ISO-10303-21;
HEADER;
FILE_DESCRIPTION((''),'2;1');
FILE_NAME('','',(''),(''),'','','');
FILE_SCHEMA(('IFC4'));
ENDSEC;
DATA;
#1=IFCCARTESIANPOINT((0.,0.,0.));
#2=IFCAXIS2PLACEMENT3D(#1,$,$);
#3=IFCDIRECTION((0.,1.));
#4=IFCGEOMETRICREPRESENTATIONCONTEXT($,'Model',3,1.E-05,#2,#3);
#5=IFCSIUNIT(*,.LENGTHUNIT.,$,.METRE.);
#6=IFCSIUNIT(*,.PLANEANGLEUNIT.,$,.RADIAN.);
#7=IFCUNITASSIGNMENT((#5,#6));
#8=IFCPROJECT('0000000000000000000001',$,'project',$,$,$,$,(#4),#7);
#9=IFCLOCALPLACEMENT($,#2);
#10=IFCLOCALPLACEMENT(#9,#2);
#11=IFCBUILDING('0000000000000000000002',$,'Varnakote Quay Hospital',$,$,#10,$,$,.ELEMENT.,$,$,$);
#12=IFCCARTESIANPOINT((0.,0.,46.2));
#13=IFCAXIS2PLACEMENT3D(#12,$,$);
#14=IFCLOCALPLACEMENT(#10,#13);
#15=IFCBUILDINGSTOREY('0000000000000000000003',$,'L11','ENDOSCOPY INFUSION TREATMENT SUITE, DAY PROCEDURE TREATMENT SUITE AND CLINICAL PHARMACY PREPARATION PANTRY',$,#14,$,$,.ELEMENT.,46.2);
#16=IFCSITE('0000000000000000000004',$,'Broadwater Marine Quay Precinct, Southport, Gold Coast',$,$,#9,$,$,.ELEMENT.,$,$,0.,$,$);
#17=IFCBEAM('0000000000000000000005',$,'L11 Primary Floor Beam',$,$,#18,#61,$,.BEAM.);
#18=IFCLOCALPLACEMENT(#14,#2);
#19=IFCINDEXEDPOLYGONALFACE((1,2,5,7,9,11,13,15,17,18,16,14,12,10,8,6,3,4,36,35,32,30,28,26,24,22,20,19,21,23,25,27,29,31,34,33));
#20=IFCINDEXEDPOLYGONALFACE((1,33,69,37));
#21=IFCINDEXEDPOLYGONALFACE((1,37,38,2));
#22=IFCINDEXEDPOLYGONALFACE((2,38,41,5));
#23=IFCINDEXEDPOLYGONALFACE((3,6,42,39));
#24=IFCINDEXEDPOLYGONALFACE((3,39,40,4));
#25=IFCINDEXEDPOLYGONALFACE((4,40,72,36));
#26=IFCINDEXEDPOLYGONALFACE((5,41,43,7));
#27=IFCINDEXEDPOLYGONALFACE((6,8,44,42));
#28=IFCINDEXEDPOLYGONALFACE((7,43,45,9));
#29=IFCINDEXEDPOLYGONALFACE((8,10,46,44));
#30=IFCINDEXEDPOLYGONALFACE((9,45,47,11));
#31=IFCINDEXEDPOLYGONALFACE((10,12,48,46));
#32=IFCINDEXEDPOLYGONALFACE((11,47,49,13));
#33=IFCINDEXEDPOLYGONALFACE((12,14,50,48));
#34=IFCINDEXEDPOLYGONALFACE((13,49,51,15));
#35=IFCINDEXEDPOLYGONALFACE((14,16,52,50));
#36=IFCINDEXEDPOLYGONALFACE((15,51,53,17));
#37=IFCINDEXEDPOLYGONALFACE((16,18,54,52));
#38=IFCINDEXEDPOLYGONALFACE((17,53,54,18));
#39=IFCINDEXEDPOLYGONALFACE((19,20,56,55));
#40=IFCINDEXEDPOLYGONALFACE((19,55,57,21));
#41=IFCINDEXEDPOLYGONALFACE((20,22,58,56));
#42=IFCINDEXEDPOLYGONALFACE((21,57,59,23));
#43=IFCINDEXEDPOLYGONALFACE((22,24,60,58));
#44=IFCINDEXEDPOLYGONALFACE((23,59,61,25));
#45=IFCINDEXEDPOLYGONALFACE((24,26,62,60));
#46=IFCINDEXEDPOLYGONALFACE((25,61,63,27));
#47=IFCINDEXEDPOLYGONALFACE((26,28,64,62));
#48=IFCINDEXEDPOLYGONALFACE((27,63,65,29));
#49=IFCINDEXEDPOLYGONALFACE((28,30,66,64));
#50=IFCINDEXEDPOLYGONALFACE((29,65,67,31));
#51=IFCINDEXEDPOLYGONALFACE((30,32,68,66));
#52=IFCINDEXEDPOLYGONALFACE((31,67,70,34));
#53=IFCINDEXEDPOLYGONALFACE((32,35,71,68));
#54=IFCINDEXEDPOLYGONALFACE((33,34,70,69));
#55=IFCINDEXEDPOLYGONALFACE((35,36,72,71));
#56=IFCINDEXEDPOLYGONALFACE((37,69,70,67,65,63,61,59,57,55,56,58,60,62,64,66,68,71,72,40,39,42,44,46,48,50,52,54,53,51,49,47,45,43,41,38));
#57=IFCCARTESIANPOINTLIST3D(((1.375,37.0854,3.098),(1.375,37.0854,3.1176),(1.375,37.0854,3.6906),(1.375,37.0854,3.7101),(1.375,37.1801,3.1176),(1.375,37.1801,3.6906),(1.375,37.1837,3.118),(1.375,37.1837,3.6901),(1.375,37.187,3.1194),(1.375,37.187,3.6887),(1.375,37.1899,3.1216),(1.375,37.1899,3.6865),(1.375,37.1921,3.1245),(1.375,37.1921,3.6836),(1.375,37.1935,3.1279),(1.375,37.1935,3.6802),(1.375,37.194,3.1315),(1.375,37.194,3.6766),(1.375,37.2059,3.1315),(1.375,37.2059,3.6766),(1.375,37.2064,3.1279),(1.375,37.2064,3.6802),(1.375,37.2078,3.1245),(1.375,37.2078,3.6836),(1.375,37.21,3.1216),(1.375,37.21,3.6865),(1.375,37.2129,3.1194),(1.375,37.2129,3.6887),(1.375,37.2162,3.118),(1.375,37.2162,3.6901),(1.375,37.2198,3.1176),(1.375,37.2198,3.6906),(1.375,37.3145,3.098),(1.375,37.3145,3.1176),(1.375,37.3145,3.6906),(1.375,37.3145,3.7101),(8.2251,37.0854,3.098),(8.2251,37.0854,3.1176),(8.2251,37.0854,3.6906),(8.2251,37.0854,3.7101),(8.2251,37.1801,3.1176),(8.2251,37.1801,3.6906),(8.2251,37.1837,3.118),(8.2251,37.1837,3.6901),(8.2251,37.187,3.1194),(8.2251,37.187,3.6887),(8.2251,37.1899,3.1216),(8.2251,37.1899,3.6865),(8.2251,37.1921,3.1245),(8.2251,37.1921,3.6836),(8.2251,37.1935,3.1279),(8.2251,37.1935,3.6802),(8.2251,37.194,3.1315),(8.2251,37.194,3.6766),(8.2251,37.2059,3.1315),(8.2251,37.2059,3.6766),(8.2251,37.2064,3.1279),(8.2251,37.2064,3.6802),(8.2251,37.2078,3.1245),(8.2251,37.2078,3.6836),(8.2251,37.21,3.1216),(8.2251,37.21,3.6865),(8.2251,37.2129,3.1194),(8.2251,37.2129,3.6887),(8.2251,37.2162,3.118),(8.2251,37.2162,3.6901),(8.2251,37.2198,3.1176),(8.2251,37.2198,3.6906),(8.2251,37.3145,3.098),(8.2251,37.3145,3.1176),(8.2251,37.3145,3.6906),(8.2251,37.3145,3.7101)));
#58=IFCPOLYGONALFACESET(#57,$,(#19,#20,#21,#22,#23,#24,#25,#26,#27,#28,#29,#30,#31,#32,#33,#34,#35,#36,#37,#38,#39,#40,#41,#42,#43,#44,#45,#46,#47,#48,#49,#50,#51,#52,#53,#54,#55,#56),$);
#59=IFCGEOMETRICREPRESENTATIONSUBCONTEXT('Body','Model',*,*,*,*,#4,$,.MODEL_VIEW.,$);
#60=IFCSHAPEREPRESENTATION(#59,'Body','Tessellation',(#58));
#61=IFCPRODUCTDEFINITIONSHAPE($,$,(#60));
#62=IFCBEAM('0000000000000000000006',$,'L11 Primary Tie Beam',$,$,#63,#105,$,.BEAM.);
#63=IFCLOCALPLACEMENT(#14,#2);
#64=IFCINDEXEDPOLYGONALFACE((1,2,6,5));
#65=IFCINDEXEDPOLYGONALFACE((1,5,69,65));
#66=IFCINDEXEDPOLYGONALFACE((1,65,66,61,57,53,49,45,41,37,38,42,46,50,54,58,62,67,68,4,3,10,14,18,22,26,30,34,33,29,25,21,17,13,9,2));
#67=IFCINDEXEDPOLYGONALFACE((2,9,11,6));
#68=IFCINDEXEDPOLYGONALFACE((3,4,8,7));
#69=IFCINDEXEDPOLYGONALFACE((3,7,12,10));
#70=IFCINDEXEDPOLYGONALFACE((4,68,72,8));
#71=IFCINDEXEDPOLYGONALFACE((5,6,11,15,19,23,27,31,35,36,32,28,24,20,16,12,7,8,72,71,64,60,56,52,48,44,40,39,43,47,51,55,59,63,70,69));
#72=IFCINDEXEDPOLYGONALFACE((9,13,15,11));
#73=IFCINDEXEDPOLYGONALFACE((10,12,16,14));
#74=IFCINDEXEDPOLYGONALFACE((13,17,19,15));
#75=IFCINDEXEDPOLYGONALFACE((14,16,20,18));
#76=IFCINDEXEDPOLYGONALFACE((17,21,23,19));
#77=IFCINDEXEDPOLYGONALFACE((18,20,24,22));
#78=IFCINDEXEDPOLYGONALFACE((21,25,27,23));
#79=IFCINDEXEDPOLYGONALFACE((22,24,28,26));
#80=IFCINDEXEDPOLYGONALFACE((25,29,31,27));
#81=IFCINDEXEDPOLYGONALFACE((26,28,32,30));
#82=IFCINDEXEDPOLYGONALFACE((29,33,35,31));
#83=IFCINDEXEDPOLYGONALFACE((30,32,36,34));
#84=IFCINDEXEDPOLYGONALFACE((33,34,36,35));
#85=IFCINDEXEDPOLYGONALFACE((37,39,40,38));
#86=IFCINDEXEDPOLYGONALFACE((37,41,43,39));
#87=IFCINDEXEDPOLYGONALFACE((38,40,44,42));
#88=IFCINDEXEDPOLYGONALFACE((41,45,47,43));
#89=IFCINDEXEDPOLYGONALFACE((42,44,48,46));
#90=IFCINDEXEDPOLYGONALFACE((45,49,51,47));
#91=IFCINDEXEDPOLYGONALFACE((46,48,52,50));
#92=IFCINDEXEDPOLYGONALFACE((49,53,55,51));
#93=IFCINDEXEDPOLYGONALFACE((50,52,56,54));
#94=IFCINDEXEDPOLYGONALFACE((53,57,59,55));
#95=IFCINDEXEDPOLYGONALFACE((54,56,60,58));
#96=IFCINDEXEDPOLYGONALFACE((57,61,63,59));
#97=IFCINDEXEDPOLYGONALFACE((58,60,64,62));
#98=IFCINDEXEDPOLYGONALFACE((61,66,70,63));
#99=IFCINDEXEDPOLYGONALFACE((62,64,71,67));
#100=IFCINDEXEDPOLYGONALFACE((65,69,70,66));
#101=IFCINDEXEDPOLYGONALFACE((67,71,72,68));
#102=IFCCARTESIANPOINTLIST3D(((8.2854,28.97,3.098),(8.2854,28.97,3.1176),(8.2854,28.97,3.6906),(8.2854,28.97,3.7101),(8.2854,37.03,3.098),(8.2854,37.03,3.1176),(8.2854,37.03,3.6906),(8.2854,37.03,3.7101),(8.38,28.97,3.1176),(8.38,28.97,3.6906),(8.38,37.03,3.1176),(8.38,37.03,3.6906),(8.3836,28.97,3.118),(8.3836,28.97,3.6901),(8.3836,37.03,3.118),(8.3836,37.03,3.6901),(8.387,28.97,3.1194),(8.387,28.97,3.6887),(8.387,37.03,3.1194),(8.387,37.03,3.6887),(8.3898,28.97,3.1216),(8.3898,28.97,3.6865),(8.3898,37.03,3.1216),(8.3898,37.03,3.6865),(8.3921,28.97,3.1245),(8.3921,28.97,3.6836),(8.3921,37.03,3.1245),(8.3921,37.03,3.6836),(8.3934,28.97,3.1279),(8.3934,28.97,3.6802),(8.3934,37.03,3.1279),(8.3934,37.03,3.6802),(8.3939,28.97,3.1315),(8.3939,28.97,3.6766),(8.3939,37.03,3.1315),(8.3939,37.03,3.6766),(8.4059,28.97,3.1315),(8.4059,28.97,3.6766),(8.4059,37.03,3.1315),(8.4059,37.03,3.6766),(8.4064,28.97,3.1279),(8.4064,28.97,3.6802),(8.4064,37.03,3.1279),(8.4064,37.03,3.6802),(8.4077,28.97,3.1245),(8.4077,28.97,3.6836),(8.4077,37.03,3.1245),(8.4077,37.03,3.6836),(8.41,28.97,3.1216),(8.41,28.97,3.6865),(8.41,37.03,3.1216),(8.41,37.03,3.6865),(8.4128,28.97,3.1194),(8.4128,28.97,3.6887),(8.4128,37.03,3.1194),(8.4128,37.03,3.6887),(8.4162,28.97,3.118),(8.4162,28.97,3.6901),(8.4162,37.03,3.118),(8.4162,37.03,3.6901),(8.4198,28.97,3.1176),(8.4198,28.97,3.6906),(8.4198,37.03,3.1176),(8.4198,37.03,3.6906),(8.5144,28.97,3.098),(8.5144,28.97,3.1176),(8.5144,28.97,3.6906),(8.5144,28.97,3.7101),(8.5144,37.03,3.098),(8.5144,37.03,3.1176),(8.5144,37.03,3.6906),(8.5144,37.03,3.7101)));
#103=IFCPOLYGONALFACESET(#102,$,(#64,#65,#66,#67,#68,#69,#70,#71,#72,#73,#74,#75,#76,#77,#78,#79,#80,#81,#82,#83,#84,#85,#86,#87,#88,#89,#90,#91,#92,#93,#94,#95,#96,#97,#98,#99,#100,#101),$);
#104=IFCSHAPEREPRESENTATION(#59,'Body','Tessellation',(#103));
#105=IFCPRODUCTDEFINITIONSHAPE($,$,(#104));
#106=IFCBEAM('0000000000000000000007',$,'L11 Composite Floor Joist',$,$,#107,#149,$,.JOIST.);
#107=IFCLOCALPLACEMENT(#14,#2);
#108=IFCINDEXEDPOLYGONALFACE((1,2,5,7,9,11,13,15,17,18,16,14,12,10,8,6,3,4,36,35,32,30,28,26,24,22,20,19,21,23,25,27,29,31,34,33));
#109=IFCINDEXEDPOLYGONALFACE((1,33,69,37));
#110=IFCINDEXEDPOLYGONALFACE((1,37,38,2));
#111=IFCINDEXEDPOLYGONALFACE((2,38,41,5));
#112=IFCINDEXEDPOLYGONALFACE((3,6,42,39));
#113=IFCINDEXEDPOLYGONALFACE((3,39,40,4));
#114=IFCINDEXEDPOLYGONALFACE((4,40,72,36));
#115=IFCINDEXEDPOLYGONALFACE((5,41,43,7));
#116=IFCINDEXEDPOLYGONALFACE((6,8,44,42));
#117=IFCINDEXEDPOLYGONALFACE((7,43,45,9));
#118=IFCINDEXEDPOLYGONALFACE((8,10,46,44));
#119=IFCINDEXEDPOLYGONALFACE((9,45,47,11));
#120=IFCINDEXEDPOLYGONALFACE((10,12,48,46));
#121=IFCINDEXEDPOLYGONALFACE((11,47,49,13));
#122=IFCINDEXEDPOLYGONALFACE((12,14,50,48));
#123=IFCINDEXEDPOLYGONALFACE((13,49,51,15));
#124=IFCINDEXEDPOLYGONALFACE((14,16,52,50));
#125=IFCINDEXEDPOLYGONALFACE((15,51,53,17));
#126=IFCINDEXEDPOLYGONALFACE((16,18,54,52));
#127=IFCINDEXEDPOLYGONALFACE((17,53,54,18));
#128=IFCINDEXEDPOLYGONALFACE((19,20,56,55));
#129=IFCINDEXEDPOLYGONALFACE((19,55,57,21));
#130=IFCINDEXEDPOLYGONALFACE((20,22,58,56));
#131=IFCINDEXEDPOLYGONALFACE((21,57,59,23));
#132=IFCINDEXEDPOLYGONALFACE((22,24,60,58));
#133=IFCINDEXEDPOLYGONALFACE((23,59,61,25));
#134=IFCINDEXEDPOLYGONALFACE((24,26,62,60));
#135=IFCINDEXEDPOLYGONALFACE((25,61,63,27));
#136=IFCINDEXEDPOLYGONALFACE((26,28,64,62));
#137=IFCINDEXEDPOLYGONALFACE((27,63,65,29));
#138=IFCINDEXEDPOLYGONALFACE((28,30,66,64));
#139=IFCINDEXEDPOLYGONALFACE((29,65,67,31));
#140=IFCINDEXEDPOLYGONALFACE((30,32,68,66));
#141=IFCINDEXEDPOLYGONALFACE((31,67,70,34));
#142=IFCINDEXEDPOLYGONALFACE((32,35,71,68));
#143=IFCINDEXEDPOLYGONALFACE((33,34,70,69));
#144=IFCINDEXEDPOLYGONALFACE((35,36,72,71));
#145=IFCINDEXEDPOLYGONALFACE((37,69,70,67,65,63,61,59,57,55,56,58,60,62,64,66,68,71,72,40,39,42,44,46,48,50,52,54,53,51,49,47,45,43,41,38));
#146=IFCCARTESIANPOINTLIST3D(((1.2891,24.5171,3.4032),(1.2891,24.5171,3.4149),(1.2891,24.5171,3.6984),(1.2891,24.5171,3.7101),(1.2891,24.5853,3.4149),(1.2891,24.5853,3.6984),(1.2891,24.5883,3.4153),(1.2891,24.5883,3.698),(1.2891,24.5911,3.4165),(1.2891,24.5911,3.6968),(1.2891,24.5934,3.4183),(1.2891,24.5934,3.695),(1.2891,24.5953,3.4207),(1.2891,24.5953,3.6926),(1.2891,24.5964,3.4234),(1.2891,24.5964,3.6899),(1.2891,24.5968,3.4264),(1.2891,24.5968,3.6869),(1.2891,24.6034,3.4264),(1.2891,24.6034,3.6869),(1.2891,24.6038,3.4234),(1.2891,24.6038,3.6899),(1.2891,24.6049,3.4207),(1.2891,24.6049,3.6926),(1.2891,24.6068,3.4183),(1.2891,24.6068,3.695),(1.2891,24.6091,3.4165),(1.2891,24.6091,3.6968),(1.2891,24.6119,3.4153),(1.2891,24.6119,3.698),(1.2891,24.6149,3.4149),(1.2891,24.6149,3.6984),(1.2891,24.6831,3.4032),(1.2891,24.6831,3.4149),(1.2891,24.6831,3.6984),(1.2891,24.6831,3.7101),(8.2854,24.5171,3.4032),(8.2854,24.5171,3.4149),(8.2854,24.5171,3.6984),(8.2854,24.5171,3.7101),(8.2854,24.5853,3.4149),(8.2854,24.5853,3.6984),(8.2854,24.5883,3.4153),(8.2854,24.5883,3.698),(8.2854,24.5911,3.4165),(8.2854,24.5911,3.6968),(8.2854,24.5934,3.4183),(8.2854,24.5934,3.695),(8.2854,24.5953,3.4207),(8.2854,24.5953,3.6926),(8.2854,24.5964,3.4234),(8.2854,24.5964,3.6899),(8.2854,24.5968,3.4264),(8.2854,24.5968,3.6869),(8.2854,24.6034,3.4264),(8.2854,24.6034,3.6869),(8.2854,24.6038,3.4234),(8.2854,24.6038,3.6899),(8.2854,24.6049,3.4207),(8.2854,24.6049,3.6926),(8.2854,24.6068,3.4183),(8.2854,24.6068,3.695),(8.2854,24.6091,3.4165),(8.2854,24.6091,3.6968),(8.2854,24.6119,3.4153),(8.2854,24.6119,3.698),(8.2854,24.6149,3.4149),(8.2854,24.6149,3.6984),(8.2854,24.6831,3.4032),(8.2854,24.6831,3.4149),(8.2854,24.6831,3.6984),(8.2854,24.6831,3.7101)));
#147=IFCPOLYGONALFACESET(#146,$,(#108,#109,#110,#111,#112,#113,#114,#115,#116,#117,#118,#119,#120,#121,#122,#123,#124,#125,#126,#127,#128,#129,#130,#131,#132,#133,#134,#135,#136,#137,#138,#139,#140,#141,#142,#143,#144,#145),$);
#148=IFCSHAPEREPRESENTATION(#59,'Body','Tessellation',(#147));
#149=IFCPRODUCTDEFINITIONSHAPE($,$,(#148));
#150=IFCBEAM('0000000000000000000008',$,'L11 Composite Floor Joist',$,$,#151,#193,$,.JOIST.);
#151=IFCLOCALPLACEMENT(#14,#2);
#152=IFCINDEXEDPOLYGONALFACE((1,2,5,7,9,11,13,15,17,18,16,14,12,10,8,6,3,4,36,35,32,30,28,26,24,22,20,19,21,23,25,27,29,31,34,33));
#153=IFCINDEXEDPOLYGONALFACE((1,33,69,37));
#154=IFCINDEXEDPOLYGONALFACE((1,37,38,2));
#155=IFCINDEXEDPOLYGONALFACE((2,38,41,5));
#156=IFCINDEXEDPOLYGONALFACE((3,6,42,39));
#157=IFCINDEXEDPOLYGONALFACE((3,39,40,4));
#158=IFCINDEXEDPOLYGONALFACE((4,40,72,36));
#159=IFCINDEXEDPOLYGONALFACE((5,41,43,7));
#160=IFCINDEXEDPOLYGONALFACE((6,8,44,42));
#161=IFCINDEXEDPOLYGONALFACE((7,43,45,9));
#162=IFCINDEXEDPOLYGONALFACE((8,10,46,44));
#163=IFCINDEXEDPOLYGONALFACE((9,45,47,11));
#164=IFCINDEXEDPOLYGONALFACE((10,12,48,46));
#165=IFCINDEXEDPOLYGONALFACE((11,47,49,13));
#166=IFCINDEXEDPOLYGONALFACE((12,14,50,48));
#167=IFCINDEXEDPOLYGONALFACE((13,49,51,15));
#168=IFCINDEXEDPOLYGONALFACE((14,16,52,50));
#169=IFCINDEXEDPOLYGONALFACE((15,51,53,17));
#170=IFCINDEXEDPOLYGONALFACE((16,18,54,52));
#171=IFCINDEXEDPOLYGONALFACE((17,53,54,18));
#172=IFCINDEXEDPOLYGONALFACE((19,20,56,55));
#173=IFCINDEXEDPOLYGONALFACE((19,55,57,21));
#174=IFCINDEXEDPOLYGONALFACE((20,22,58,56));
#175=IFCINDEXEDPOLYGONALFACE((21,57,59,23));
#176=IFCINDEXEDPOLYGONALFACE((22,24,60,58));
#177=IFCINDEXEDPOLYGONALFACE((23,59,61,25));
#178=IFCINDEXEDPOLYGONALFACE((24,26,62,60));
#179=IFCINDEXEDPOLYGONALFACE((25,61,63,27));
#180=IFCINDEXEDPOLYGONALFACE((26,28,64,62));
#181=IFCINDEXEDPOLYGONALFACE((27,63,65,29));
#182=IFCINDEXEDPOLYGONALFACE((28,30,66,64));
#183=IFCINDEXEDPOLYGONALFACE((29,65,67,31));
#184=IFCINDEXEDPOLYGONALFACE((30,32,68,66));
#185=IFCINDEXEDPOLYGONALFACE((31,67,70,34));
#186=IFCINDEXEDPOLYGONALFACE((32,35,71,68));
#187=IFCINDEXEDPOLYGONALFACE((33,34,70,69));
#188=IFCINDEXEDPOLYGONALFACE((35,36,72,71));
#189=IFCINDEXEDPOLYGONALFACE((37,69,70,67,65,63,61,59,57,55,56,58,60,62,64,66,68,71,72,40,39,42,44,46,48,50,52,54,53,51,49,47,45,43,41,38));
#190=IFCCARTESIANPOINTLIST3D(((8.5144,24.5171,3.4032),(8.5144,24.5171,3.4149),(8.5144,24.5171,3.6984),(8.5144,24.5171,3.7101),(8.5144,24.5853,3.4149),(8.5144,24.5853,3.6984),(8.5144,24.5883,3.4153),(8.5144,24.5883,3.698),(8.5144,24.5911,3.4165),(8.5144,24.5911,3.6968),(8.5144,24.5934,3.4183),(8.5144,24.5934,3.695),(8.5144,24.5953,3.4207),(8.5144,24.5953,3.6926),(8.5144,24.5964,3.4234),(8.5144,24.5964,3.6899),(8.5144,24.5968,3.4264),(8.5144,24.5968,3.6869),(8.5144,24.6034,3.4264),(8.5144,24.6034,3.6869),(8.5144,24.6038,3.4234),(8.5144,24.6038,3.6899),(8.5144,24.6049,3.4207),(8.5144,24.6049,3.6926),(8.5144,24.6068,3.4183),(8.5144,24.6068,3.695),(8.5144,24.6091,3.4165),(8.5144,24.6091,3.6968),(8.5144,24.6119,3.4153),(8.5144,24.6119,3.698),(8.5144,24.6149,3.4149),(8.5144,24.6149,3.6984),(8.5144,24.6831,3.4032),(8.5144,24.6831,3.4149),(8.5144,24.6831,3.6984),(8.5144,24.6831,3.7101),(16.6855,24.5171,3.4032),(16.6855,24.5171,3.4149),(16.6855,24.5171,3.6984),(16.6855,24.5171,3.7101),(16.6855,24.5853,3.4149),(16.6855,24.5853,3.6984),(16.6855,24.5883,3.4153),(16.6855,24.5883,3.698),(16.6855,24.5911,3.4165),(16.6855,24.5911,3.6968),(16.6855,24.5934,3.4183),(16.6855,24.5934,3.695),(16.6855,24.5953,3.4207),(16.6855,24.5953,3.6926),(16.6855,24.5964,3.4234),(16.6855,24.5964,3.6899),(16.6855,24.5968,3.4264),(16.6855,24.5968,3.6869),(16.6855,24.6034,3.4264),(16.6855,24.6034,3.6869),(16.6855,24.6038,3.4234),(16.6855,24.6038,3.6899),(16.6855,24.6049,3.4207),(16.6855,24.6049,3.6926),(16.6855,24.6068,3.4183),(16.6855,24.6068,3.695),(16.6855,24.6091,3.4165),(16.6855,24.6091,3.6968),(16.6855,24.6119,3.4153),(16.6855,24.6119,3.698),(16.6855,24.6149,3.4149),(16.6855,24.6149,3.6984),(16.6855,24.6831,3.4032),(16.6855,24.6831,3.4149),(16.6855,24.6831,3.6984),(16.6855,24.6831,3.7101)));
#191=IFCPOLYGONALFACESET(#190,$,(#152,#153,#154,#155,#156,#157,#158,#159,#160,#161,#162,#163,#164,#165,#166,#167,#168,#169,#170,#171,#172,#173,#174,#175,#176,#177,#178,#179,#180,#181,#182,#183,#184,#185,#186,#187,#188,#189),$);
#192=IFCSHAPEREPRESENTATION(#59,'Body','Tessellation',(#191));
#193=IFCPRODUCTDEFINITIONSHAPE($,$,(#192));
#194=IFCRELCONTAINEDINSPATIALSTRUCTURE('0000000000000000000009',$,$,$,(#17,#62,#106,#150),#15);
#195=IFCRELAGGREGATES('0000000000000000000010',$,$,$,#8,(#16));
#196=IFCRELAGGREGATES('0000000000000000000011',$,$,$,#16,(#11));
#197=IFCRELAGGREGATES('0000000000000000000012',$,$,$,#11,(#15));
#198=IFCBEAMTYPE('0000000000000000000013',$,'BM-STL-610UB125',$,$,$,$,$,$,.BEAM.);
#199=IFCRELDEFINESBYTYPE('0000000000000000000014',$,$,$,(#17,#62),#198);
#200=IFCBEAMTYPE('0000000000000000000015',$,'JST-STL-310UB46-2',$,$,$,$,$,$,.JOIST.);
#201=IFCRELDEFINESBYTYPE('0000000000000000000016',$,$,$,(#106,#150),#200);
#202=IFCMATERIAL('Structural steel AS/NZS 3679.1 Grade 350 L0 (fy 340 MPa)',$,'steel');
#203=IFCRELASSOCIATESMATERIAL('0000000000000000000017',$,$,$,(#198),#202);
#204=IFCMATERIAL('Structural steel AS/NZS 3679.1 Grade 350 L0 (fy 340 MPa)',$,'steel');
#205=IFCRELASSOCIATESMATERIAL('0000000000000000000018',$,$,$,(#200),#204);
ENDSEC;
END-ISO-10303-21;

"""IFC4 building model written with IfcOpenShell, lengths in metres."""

from ifc_helpers import new_model, si_unit, direction, frame, origin, origin_2d, place, context, subcontext, project, spatial, i_section, extrude, material, material_profile, profile_set, type_object, element, save


model = new_model("IFC4")

# Units and contexts
model_context = context("Model", 3, precision=1e-05, world=origin(), true_north=direction((0.0, 1.0)))
body_context = subcontext(model_context, "Body", "Model", "MODEL_VIEW")
ifc_project = project(units=[si_unit("LENGTHUNIT", "METRE"), si_unit("PLANEANGLEUNIT", "RADIAN")], contexts=[model_context])

# Site, building, storey
site_placement = place(None, origin())
site = spatial("IfcSite", under=ifc_project, at=site_placement, Name="Broadwater Marine Quay Precinct, Southport, Gold Coast", CompositionType="ELEMENT", RefElevation=0.0)
building_placement = place(site_placement, origin())
building = spatial("IfcBuilding", under=site, at=building_placement, Name="Varnakote Quay Hospital", CompositionType="ELEMENT")
storey_placement = place(building_placement, frame((0.0, 0.0, 46.2)))
storey = spatial("IfcBuildingStorey", under=building, at=storey_placement, Name="L11", Description="ENDOSCOPY INFUSION TREATMENT SUITE, DAY PROCEDURE TREATMENT SUITE AND CLINICAL PHARMACY PREPARATION PANTRY", CompositionType="ELEMENT", Elevation=46.2)

# Beams
ifc_material_1 = material(Name="Structural steel AS/NZS 3679.1 Grade 350 L0 (fy 340 MPa)", Category="steel")
ifc_material_profile_1 = material_profile(ifc_material_1, i_section(OverallWidth=0.229, OverallDepth=0.6121, WebThickness=0.012, FlangeThickness=0.0195, FilletRadius=0.0139, at=origin_2d()), Name="610UB125")
ifc_profile_set_1 = profile_set([ifc_material_profile_1], Name="Structural steel AS/NZS 3679.1 Grade 350 L0 (fy 340 MPa)")
beam_type_1 = type_object("IfcBeamType", Name="BM-STL-610UB125", PredefinedType="BEAM", material=ifc_profile_set_1)
beam_1_placement = place(storey_placement, frame((1.375, 37.2, 3.4041), z_axis=(1.0, 0.0, 0.0), x_axis=(0.0, 1.0, 0.0)))
element("IfcBeam", 1, at=beam_1_placement, inside=storey, type_object=beam_type_1, Name="L11 Primary Floor Beam", PredefinedType="BEAM", context=body_context, shape_type="SweptSolid", body=[
    extrude(i_section(OverallWidth=0.229, OverallDepth=0.6121, WebThickness=0.012, FlangeThickness=0.0195, FilletRadius=0.0139, at=origin_2d()), origin(), (0.0, 0.0, 1.0), 6.8501),
])
beam_2_placement = place(storey_placement, frame((8.3999, 28.97, 3.4041), z_axis=(0.0, 1.0, 0.0), x_axis=(-1.0, 0.0, 0.0)))
element("IfcBeam", 2, at=beam_2_placement, inside=storey, type_object=beam_type_1, Name="L11 Primary Tie Beam", PredefinedType="BEAM", context=body_context, shape_type="SweptSolid", body=[
    extrude(i_section(OverallWidth=0.229, OverallDepth=0.6121, WebThickness=0.012, FlangeThickness=0.0195, FilletRadius=0.0139, at=origin_2d()), origin(), (0.0, 0.0, 1.0), 8.0601),
])
ifc_material_2 = material(Name="Structural steel AS/NZS 3679.1 Grade 350 L0 (fy 340 MPa)", Category="steel")
ifc_material_profile_2 = material_profile(ifc_material_2, i_section(OverallWidth=0.166, OverallDepth=0.3069, WebThickness=0.0066, FlangeThickness=0.0117, FilletRadius=0.0115, at=origin_2d()), Name="310UB46.2")
ifc_profile_set_2 = profile_set([ifc_material_profile_2], Name="Structural steel AS/NZS 3679.1 Grade 350 L0 (fy 340 MPa)")
beam_type_2 = type_object("IfcBeamType", Name="JST-STL-310UB46-2", PredefinedType="JOIST", material=ifc_profile_set_2)
beam_3_placement = place(storey_placement, frame((1.2891, 24.6001, 3.5566), z_axis=(1.0, 0.0, 0.0), x_axis=(0.0, 1.0, 0.0)))
element("IfcBeam", 3, at=beam_3_placement, inside=storey, type_object=beam_type_2, Name="L11 Composite Floor Joist", PredefinedType="JOIST", context=body_context, shape_type="SweptSolid", body=[
    extrude(i_section(OverallWidth=0.166, OverallDepth=0.3069, WebThickness=0.0066, FlangeThickness=0.0117, FilletRadius=0.0115, at=origin_2d()), origin(), (0.0, 0.0, 1.0), 6.9963),
])
beam_4_placement = place(storey_placement, frame((8.5144, 24.6001, 3.5566), z_axis=(1.0, 0.0, 0.0), x_axis=(0.0, 1.0, 0.0)))
element("IfcBeam", 4, at=beam_4_placement, inside=storey, type_object=beam_type_2, Name="L11 Composite Floor Joist", PredefinedType="JOIST", context=body_context, shape_type="SweptSolid", body=[
    extrude(i_section(OverallWidth=0.166, OverallDepth=0.3069, WebThickness=0.0066, FlangeThickness=0.0117, FilletRadius=0.0115, at=origin_2d()), origin(), (0.0, 0.0, 1.0), 8.1711),
])

save(model, "model.ifc")
